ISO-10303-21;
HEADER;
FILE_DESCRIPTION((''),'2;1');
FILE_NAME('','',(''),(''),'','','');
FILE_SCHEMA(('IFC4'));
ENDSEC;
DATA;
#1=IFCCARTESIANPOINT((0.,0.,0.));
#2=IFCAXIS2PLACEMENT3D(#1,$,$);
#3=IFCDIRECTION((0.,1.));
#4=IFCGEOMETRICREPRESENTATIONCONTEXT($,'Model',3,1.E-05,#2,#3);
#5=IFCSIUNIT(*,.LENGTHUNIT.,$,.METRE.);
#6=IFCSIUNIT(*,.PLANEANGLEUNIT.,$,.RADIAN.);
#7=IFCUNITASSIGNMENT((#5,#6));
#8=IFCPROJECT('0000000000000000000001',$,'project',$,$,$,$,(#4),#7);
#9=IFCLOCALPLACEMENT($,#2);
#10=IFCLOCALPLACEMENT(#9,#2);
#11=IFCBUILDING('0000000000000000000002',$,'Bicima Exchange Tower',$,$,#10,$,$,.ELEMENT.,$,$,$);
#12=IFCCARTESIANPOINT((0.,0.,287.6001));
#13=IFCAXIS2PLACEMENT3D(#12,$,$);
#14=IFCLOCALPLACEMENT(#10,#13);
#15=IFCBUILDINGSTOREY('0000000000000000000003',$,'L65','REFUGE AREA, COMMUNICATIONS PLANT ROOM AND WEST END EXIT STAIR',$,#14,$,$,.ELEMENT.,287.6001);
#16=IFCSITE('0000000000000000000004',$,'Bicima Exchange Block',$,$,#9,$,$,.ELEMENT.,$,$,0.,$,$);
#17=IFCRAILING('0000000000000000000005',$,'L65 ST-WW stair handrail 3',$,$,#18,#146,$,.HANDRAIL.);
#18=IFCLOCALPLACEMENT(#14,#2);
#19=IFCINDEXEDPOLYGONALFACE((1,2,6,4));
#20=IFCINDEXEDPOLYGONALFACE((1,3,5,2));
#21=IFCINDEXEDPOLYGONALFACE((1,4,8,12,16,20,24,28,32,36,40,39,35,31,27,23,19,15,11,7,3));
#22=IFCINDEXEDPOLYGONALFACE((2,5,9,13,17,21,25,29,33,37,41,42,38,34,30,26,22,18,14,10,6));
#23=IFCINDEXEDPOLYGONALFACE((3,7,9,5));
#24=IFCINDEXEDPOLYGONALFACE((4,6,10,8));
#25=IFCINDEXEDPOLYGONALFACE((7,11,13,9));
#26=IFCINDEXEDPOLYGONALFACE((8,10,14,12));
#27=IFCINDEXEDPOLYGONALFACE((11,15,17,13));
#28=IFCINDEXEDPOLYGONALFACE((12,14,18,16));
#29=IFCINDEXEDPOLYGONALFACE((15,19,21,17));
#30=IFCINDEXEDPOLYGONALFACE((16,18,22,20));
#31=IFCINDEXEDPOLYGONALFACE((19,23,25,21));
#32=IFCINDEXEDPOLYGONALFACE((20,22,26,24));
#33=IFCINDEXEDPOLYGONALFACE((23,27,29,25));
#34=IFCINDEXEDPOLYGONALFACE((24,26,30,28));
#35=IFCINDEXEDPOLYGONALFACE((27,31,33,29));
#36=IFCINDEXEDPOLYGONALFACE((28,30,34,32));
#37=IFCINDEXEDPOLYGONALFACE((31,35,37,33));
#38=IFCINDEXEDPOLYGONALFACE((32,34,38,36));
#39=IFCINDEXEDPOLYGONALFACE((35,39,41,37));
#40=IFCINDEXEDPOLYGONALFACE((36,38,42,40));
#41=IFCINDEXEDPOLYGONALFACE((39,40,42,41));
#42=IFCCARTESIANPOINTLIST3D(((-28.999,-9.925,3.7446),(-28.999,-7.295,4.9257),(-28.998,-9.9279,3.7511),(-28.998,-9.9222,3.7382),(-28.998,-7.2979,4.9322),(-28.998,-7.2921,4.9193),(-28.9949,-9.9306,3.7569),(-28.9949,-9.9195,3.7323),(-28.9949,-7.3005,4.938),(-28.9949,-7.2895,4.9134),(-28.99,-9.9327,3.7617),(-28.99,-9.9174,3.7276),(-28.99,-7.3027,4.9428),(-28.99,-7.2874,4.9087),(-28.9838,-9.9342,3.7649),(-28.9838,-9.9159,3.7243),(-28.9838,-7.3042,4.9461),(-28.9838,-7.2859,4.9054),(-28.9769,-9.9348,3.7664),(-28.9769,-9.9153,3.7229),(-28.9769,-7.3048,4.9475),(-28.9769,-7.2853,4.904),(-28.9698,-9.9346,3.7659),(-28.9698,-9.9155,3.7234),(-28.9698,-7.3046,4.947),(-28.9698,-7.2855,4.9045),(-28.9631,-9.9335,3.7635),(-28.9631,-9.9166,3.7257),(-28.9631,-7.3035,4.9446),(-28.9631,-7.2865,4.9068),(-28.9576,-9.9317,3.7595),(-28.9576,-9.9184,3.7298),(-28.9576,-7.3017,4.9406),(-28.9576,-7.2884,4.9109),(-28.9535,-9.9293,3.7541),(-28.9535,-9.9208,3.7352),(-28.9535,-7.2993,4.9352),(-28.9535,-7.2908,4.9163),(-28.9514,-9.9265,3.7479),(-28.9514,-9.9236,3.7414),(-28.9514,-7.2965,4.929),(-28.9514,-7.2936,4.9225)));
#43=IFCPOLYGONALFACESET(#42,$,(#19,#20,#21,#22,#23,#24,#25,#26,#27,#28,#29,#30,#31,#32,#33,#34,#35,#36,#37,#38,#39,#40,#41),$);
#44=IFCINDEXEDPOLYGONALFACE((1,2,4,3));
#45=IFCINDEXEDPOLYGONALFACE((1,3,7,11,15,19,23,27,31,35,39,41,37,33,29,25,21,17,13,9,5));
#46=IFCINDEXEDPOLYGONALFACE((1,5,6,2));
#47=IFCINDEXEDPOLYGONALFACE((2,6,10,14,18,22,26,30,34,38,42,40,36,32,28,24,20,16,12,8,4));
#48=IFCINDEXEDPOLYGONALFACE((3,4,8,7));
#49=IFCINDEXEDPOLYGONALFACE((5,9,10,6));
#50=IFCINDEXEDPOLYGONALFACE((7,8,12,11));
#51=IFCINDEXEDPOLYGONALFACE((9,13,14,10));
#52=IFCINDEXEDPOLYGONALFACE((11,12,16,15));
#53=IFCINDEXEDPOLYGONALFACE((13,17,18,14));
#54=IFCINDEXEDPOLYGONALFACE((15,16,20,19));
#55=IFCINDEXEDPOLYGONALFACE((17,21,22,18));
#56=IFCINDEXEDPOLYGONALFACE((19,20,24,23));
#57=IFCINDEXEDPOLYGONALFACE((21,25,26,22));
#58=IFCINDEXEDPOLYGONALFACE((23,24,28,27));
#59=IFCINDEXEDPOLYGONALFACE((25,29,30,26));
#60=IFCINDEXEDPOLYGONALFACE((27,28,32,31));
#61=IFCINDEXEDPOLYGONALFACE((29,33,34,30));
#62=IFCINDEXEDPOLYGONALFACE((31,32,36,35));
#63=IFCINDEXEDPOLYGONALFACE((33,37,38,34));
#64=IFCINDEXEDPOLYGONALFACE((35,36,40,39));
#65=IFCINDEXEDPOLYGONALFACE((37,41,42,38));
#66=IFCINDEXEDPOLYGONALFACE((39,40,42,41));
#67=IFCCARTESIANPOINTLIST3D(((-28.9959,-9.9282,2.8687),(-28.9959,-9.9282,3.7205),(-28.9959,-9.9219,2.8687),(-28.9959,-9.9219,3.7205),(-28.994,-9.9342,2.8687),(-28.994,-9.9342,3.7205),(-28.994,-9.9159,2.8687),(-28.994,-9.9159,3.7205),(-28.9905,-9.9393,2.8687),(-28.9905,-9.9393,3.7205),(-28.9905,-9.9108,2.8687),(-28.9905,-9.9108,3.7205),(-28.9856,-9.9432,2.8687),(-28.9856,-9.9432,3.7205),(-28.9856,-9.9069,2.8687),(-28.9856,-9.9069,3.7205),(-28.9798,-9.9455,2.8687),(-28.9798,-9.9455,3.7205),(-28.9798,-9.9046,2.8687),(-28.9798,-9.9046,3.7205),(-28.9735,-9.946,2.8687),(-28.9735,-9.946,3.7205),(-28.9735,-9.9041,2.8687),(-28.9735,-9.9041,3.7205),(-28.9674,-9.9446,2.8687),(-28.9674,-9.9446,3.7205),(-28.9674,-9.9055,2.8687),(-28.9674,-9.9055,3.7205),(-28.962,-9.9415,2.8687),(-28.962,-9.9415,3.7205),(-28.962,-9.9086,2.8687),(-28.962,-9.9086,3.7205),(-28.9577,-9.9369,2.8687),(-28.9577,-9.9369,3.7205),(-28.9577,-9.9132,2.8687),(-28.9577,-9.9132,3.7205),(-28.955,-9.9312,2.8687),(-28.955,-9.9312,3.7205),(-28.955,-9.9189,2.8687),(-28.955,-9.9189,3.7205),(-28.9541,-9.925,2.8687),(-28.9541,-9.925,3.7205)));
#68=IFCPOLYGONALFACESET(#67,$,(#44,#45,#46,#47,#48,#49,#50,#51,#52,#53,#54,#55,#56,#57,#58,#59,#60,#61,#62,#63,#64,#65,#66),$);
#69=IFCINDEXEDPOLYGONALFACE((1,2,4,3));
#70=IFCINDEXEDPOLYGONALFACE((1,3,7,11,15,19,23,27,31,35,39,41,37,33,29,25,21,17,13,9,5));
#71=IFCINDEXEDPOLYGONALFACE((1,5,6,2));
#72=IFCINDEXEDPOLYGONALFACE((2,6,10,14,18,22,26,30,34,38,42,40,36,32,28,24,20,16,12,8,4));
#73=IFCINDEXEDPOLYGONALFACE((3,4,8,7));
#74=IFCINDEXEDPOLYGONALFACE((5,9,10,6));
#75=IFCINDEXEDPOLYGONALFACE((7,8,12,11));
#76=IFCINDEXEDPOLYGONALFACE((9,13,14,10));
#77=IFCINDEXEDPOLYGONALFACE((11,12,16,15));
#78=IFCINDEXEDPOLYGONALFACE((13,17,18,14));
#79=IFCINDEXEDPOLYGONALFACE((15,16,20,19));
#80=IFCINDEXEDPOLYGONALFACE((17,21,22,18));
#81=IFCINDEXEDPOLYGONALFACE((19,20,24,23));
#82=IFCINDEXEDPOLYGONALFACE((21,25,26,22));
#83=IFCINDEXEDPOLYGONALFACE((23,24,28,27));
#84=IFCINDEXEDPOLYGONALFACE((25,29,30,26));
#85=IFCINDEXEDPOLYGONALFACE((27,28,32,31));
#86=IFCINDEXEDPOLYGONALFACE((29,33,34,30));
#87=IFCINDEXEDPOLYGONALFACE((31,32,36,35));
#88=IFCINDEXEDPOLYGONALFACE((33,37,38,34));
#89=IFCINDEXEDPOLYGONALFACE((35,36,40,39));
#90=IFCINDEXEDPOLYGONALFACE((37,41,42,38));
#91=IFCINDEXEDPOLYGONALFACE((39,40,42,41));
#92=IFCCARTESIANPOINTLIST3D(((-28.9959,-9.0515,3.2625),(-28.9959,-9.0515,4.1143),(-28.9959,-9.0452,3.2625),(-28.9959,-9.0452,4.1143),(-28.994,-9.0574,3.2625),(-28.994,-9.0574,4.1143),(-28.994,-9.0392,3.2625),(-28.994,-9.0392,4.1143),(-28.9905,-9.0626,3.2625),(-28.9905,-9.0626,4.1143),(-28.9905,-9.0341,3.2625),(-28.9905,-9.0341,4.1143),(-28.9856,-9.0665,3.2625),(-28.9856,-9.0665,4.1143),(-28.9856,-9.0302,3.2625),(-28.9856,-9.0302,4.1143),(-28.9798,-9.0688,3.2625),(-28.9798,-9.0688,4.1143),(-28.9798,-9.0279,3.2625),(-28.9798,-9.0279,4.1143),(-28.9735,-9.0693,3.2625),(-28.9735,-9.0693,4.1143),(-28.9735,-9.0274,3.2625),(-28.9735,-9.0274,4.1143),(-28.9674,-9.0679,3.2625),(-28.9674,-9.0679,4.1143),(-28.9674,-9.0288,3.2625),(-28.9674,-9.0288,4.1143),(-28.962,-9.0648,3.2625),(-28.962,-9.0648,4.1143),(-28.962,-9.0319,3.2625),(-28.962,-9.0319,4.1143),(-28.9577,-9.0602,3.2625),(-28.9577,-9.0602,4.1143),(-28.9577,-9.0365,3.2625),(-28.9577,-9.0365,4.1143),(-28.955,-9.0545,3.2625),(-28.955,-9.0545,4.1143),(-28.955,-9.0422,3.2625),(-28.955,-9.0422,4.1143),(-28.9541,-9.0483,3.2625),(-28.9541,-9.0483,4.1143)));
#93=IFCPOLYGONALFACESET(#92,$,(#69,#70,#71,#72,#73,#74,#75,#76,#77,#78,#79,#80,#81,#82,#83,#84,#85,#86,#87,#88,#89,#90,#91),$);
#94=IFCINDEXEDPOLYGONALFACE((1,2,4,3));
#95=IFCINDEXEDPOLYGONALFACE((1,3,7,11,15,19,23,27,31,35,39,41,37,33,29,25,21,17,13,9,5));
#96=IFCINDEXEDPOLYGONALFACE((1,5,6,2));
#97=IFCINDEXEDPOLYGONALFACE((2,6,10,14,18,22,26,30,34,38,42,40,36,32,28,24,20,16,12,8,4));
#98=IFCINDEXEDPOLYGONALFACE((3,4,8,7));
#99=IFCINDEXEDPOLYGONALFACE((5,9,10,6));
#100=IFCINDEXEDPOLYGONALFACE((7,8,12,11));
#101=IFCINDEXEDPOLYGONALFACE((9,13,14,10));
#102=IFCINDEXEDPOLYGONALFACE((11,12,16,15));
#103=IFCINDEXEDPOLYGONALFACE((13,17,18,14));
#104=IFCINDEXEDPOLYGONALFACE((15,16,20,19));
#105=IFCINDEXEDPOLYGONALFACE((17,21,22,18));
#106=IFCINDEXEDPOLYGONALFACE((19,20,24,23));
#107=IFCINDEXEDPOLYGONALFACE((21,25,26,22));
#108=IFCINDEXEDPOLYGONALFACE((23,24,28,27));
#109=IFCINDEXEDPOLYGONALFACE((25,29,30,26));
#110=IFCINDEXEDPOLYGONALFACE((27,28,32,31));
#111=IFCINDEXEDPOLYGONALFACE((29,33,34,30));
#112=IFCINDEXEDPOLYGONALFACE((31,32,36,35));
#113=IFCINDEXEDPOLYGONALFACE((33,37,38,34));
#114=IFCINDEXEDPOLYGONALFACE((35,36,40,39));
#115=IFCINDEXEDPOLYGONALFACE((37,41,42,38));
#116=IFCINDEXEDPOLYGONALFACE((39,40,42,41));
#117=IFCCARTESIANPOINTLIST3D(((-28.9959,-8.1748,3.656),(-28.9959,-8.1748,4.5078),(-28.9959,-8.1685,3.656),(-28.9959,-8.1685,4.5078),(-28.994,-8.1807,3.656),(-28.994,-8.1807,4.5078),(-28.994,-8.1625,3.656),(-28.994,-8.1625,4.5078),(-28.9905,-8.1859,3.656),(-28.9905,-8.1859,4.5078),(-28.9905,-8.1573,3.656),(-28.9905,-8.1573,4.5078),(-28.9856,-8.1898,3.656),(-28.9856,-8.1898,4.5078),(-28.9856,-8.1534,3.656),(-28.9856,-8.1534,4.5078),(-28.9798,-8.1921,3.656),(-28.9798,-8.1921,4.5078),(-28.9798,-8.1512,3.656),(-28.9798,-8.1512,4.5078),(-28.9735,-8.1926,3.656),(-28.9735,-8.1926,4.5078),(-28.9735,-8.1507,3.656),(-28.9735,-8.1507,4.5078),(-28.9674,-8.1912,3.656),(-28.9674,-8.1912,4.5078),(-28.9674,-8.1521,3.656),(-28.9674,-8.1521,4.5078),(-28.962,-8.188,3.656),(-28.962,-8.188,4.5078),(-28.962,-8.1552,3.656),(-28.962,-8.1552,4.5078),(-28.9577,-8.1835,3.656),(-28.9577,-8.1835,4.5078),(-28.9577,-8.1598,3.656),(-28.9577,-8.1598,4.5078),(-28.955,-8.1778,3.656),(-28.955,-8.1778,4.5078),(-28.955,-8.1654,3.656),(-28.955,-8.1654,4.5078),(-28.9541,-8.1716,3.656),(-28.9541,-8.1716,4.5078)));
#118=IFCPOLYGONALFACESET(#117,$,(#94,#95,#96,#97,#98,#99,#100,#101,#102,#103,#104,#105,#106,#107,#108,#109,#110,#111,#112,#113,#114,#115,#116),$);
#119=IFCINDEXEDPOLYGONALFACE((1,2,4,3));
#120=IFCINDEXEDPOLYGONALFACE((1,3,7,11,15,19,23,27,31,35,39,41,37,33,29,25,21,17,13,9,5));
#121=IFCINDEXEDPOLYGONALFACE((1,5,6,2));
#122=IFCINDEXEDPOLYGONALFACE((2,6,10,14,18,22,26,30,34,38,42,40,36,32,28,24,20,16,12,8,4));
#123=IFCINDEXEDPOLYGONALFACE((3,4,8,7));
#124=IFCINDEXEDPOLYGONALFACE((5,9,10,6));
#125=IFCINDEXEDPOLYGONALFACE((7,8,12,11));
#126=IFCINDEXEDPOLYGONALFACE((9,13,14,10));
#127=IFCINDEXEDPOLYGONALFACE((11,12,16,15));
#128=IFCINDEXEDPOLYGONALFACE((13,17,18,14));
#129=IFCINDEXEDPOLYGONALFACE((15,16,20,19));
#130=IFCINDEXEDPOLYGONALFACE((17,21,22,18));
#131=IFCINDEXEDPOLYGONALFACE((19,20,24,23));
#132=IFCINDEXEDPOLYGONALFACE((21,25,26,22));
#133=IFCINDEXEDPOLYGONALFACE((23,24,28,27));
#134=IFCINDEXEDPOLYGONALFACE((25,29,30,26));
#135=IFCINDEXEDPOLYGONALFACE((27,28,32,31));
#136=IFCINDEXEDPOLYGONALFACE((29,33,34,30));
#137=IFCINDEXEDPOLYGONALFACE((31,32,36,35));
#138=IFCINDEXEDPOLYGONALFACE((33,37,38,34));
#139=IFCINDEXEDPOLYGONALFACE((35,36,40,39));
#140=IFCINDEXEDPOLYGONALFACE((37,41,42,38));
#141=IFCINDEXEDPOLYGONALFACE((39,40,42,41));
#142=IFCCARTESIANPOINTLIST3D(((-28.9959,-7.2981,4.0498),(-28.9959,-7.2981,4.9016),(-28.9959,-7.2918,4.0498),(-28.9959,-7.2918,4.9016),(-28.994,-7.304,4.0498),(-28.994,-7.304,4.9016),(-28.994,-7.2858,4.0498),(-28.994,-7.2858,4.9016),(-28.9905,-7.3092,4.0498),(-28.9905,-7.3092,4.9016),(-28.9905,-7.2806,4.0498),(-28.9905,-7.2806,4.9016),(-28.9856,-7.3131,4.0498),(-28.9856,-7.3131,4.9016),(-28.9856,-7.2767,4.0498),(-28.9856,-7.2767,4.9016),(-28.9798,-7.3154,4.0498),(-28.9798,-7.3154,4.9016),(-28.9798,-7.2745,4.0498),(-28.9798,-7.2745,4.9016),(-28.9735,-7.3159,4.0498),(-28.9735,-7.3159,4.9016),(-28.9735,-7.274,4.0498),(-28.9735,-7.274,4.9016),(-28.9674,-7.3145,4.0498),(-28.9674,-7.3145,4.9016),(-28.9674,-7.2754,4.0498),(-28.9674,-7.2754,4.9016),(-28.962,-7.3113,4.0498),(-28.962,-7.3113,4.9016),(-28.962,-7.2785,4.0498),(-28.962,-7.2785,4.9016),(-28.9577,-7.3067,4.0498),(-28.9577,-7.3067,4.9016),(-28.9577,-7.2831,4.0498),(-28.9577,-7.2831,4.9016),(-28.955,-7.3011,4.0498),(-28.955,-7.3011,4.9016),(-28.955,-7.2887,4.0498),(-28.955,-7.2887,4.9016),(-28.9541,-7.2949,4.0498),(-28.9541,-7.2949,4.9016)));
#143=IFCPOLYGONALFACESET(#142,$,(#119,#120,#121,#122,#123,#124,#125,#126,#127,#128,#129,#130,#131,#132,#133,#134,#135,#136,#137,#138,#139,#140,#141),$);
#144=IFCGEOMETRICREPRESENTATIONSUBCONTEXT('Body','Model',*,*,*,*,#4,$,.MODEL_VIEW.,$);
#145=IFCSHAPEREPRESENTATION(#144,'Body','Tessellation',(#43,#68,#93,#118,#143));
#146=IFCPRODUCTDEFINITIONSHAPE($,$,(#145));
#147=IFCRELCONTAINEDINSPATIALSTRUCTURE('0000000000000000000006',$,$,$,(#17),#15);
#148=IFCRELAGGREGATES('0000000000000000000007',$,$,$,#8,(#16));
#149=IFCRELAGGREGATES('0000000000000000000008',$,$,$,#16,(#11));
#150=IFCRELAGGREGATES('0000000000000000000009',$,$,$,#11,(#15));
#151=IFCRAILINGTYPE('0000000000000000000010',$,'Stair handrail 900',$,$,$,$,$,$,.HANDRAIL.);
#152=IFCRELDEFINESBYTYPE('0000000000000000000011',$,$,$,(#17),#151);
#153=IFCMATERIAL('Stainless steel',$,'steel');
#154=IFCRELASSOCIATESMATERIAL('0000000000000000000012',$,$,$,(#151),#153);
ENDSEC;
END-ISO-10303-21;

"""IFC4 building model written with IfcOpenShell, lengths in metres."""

from ifc_helpers import new_model, si_unit, direction, frame, origin, origin_2d, place, context, subcontext, project, spatial, circle, extrude, material, type_object, element, save


model = new_model("IFC4")

# Units and contexts
model_context = context("Model", 3, precision=1e-05, world=origin(), true_north=direction((0.0, 1.0)))
body_context = subcontext(model_context, "Body", "Model", "MODEL_VIEW")
ifc_project = project(units=[si_unit("LENGTHUNIT", "METRE"), si_unit("PLANEANGLEUNIT", "RADIAN")], contexts=[model_context])

# Site, building, storey
site_placement = place(None, origin())
site = spatial("IfcSite", under=ifc_project, at=site_placement, Name="Bicima Exchange Block", CompositionType="ELEMENT", RefElevation=0.0)
building_placement = place(site_placement, origin())
building = spatial("IfcBuilding", under=site, at=building_placement, Name="Bicima Exchange Tower", CompositionType="ELEMENT")
storey_placement = place(building_placement, frame((0.0, 0.0, 287.6001)))
storey = spatial("IfcBuildingStorey", under=building, at=storey_placement, Name="L65", Description="REFUGE AREA, COMMUNICATIONS PLANT ROOM AND WEST END EXIT STAIR", CompositionType="ELEMENT", Elevation=287.6001)

# Railing
ifc_material_1 = material(Name="Stainless steel", Category="steel")
railing_type_1 = type_object("IfcRailingType", Name="Stair handrail 900", PredefinedType="HANDRAIL", material=ifc_material_1)
railing_1_placement = place(storey_placement, frame((-28.9751, -9.925, 2.8687)))
element("IfcRailing", 1, at=railing_1_placement, inside=storey, type_object=railing_type_1, Name="L65 ST-WW stair handrail 3", PredefinedType="HANDRAIL", context=body_context, shape_type="SweptSolid", body=[
    extrude(circle(Radius=0.0239, at=origin_2d()), frame((0.0, 0.0, 0.876), z_axis=(0.0, 0.912233, 0.409671), x_axis=(-1.0, 0.0, 0.0)), (0.0, 0.0, 1.0), 2.8831),
    extrude(circle(Radius=0.021, at=origin_2d()), origin(), (0.0, 0.0, 1.0), 0.8518),
    extrude(circle(Radius=0.021, at=origin_2d()), frame((0.0, 0.8767, 0.3938)), (0.0, 0.0, 1.0), 0.8518),
    extrude(circle(Radius=0.021, at=origin_2d()), frame((0.0, 1.7534, 0.7874)), (0.0, 0.0, 1.0), 0.8518),
    extrude(circle(Radius=0.021, at=origin_2d()), frame((0.0, 2.6301, 1.1812)), (0.0, 0.0, 1.0), 0.8518),
])

save(model, "model.ifc")
